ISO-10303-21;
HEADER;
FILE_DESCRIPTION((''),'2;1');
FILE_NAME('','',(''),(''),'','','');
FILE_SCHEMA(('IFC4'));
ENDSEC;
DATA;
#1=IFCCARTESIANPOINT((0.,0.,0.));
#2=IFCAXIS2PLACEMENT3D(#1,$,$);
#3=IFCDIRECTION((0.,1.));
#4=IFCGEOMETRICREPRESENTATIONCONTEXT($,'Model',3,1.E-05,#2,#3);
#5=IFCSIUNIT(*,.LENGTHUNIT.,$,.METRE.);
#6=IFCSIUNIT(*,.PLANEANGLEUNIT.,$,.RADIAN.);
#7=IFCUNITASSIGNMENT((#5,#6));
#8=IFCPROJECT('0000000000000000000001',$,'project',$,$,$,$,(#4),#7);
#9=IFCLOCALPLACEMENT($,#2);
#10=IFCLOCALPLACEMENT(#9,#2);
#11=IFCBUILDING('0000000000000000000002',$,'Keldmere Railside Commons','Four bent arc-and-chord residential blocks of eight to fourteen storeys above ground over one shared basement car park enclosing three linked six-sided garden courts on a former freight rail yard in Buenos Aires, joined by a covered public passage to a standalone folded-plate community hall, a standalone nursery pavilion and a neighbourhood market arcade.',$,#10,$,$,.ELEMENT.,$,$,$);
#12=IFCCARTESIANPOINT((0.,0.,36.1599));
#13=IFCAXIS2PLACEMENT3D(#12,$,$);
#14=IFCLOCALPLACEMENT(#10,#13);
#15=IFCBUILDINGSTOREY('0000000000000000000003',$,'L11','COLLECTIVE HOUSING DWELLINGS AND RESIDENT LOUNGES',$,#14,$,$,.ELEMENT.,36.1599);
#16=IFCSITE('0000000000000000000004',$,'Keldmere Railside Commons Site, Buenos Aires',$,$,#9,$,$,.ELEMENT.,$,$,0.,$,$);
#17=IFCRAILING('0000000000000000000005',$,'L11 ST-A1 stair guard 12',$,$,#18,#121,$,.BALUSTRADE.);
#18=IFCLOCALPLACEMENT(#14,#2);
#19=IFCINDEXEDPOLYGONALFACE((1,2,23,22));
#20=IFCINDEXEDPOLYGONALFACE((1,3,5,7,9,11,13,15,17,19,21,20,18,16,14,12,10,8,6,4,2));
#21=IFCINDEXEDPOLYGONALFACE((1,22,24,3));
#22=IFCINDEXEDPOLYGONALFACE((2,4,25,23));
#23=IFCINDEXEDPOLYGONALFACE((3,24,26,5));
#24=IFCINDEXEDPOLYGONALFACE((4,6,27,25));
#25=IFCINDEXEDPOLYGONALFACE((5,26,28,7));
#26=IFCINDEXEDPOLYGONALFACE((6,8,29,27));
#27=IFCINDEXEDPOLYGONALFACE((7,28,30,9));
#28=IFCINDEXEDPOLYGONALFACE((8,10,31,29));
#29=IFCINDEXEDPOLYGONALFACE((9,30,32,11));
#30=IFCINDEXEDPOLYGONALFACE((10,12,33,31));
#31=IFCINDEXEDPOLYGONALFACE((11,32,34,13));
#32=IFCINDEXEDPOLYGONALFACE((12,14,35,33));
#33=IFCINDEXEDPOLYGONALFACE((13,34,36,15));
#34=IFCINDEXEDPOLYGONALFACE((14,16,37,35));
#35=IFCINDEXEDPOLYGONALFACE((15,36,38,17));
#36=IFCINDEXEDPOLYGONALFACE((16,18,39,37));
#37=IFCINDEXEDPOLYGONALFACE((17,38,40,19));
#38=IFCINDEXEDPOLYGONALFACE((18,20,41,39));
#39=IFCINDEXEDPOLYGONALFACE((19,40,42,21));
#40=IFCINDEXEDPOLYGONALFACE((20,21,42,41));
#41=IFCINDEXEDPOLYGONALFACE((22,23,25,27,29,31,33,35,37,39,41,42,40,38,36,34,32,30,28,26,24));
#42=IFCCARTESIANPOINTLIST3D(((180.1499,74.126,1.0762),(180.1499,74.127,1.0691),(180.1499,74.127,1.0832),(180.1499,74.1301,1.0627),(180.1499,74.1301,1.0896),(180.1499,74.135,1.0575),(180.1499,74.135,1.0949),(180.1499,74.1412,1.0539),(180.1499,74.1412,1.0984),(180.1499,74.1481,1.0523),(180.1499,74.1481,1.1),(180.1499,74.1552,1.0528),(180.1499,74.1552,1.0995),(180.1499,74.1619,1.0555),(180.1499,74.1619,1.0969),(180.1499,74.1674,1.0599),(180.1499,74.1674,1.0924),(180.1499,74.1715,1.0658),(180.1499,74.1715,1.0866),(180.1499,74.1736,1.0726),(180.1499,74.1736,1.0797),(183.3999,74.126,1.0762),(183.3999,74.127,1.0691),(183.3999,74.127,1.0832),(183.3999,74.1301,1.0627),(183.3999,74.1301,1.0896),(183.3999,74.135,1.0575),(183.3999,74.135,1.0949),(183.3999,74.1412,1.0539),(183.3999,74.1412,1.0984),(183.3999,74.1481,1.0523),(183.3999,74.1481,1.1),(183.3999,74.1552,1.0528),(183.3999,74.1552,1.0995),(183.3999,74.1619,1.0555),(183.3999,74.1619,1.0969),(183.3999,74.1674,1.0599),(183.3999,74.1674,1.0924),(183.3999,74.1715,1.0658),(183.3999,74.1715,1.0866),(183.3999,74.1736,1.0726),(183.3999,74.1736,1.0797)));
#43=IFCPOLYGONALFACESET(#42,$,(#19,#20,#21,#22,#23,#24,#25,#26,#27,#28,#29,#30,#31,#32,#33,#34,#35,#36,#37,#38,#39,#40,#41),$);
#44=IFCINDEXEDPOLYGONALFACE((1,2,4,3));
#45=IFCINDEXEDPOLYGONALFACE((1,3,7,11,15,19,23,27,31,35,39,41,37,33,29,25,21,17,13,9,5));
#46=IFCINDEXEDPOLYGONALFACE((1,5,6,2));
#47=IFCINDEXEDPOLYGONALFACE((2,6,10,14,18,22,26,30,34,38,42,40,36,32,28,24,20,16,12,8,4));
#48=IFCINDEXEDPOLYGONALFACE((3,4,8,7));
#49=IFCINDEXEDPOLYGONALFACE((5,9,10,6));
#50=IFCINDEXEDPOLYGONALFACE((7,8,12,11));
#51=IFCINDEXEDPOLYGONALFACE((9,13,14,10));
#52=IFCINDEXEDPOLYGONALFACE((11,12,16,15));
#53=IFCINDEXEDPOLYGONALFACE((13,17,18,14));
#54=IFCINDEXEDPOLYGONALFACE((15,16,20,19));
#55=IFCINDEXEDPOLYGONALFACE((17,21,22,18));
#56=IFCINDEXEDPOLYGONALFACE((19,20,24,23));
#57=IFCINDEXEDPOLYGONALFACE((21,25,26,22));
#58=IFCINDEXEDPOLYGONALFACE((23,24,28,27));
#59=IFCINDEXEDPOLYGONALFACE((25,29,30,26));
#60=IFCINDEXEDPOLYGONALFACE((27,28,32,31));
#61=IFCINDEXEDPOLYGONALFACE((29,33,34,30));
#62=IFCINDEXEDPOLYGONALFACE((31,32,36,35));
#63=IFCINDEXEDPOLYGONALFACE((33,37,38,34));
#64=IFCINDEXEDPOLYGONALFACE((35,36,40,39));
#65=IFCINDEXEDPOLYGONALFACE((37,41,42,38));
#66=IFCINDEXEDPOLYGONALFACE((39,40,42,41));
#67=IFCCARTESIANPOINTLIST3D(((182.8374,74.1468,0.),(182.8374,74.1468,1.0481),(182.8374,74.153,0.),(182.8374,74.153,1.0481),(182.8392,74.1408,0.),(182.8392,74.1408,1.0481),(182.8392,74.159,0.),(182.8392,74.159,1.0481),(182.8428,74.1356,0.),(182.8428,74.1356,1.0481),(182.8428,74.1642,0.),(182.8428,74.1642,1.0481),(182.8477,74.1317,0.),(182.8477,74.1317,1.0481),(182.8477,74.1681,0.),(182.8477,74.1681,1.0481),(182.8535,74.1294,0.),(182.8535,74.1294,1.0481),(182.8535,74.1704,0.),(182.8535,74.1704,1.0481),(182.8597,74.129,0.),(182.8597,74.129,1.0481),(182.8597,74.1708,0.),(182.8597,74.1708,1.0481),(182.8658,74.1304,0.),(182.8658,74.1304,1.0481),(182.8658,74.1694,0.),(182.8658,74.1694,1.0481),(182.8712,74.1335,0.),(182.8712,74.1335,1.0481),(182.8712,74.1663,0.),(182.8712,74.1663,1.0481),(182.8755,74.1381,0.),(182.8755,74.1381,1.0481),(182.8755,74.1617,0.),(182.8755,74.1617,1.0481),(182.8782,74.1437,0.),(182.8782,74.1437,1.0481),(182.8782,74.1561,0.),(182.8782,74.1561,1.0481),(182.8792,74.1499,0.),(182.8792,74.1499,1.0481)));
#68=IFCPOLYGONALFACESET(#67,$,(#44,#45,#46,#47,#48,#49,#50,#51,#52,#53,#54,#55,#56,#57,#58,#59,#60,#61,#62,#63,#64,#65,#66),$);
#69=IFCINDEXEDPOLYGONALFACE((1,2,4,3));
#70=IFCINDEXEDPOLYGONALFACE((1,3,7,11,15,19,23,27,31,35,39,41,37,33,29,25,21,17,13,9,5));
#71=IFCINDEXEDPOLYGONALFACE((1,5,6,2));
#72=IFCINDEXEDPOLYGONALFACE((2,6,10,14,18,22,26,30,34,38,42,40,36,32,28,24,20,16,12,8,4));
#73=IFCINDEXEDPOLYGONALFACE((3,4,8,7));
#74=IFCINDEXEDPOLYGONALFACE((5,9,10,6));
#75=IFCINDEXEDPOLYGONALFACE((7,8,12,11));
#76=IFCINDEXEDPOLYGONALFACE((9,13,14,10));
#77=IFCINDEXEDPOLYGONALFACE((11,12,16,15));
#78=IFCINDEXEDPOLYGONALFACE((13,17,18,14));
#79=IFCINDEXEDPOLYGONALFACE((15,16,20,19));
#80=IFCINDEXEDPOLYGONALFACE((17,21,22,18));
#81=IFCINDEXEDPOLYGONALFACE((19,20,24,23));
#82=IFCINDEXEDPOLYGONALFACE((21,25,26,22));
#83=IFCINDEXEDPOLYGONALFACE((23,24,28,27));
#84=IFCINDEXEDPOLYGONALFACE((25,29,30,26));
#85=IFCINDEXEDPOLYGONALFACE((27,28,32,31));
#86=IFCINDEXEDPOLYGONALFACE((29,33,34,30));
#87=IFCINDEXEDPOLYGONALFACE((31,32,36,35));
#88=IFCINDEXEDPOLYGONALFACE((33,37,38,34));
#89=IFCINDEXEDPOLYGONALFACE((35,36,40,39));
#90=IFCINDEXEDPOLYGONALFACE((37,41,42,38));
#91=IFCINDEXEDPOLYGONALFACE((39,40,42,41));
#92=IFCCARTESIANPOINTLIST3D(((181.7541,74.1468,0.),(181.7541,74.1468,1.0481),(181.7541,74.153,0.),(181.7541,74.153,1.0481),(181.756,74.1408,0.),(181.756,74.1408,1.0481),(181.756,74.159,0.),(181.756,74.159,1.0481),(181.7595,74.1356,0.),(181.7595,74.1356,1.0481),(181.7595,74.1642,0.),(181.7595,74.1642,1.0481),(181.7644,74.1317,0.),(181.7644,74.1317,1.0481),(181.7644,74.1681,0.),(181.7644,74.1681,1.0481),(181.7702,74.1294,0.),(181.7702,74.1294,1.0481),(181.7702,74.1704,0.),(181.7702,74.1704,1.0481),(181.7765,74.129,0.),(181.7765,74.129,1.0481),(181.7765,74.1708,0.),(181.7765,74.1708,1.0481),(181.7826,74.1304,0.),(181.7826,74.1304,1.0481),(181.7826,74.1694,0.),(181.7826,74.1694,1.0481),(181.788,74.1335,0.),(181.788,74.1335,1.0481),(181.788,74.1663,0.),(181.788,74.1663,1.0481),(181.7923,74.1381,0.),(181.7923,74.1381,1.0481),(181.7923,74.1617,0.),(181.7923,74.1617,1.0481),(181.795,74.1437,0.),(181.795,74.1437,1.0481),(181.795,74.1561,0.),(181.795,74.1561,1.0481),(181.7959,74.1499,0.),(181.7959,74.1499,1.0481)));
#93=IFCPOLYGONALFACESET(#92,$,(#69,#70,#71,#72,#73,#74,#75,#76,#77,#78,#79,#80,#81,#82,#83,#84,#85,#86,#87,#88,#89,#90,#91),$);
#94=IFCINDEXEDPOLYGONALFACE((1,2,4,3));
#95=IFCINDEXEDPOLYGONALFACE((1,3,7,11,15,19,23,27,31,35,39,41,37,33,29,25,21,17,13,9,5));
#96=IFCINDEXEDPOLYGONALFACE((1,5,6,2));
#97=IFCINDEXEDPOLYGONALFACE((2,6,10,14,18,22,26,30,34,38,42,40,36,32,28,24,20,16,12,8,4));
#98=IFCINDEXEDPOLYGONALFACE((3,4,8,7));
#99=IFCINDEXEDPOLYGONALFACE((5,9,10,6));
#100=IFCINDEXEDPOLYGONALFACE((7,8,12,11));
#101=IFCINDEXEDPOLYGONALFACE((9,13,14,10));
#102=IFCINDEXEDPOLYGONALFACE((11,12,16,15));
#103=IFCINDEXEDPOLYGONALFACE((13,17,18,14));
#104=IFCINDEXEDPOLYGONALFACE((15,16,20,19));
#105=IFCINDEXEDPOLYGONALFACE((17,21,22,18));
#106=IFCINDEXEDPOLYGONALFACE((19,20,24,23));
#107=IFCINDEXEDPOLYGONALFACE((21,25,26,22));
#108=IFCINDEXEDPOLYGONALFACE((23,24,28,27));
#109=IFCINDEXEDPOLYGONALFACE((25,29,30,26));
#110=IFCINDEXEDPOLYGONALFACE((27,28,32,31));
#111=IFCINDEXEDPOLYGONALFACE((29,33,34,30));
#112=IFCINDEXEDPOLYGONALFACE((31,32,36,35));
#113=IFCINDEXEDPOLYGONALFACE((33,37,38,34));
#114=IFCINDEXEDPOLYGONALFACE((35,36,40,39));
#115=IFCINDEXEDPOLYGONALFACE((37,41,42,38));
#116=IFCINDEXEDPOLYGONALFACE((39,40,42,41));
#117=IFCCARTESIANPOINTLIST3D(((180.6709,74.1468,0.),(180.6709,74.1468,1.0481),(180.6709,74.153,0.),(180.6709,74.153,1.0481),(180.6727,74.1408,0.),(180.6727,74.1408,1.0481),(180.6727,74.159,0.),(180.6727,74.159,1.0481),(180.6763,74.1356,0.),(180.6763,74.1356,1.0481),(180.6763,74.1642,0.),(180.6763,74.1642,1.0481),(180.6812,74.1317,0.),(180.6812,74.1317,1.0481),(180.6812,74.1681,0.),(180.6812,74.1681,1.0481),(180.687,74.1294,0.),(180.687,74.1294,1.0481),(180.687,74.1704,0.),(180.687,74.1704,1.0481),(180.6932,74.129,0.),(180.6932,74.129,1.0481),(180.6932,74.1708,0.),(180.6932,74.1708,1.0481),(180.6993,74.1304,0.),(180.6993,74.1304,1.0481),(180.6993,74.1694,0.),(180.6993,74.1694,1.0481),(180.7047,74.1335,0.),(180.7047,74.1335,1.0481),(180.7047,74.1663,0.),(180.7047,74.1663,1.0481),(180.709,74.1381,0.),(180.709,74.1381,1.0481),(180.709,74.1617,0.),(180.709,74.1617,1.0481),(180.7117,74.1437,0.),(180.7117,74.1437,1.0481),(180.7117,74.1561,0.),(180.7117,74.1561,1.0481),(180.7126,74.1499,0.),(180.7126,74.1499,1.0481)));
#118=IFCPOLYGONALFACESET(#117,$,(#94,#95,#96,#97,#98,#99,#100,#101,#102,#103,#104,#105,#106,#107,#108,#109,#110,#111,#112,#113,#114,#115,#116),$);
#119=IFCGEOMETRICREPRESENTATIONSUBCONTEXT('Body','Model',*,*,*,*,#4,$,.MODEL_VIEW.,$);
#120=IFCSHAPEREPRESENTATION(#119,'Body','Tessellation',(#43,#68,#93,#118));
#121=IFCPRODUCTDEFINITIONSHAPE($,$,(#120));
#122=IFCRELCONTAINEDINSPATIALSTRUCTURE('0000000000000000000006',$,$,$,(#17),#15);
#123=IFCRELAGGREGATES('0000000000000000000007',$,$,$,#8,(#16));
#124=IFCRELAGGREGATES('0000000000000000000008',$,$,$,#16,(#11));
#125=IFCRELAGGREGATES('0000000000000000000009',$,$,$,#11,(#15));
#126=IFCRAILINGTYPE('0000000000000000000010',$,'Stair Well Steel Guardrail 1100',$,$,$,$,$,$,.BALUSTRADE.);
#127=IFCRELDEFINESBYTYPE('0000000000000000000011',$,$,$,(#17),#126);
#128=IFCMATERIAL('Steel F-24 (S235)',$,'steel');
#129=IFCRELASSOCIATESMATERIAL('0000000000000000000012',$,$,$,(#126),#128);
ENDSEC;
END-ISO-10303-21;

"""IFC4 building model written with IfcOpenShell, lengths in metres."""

from ifc_helpers import new_model, si_unit, direction, frame, origin, origin_2d, place, context, subcontext, project, spatial, circle, extrude, material, type_object, element, save


model = new_model("IFC4")

# Units and contexts
model_context = context("Model", 3, precision=1e-05, world=origin(), true_north=direction((0.0, 1.0)))
body_context = subcontext(model_context, "Body", "Model", "MODEL_VIEW")
ifc_project = project(units=[si_unit("LENGTHUNIT", "METRE"), si_unit("PLANEANGLEUNIT", "RADIAN")], contexts=[model_context])

# Site, building, storey
site_placement = place(None, origin())
site = spatial("IfcSite", under=ifc_project, at=site_placement, Name="Keldmere Railside Commons Site, Buenos Aires", CompositionType="ELEMENT", RefElevation=0.0)
building_placement = place(site_placement, origin())
building = spatial("IfcBuilding", under=site, at=building_placement, Name="Keldmere Railside Commons", Description="Four bent arc-and-chord residential blocks of eight to fourteen storeys above ground over one shared basement car park enclosing three linked six-sided garden courts on a former freight rail yard in Buenos Aires, joined by a covered public passage to a standalone folded-plate community hall, a standalone nursery pavilion and a neighbourhood market arcade.", CompositionType="ELEMENT")
storey_placement = place(building_placement, frame((0.0, 0.0, 36.1599)))
storey = spatial("IfcBuildingStorey", under=building, at=storey_placement, Name="L11", Description="COLLECTIVE HOUSING DWELLINGS AND RESIDENT LOUNGES", CompositionType="ELEMENT", Elevation=36.1599)

# Shared definitions
ifc_material_1 = material(Name="Steel F-24 (S235)", Category="steel")

# Railing
railing_type_1 = type_object("IfcRailingType", Name="Stair Well Steel Guardrail 1100", PredefinedType="BALUSTRADE", material=ifc_material_1)
railing_1_placement = place(storey_placement, frame((183.3999, 74.1499, 0.0)))
element("IfcRailing", 1, at=railing_1_placement, inside=storey, type_object=railing_type_1, Name="L11 ST-A1 stair guard 12", PredefinedType="BALUSTRADE", context=body_context, shape_type="SweptSolid", body=[
    extrude(circle(Radius=0.0239, at=origin_2d()), frame((0.0, 0.0, 1.0762), z_axis=(-1.0, 0.0, 0.0), x_axis=(0.0, -1.0, 0.0)), (0.0, 0.0, 1.0), 3.25),
    extrude(circle(Radius=0.021, at=origin_2d()), frame((-0.5417, 0.0, 0.0)), (0.0, 0.0, 1.0), 1.0481),
    extrude(circle(Radius=0.021, at=origin_2d()), frame((-1.625, 0.0, 0.0)), (0.0, 0.0, 1.0), 1.0481),
    extrude(circle(Radius=0.021, at=origin_2d()), frame((-2.7083, 0.0, 0.0)), (0.0, 0.0, 1.0), 1.0481),
])

save(model, "model.ifc")
